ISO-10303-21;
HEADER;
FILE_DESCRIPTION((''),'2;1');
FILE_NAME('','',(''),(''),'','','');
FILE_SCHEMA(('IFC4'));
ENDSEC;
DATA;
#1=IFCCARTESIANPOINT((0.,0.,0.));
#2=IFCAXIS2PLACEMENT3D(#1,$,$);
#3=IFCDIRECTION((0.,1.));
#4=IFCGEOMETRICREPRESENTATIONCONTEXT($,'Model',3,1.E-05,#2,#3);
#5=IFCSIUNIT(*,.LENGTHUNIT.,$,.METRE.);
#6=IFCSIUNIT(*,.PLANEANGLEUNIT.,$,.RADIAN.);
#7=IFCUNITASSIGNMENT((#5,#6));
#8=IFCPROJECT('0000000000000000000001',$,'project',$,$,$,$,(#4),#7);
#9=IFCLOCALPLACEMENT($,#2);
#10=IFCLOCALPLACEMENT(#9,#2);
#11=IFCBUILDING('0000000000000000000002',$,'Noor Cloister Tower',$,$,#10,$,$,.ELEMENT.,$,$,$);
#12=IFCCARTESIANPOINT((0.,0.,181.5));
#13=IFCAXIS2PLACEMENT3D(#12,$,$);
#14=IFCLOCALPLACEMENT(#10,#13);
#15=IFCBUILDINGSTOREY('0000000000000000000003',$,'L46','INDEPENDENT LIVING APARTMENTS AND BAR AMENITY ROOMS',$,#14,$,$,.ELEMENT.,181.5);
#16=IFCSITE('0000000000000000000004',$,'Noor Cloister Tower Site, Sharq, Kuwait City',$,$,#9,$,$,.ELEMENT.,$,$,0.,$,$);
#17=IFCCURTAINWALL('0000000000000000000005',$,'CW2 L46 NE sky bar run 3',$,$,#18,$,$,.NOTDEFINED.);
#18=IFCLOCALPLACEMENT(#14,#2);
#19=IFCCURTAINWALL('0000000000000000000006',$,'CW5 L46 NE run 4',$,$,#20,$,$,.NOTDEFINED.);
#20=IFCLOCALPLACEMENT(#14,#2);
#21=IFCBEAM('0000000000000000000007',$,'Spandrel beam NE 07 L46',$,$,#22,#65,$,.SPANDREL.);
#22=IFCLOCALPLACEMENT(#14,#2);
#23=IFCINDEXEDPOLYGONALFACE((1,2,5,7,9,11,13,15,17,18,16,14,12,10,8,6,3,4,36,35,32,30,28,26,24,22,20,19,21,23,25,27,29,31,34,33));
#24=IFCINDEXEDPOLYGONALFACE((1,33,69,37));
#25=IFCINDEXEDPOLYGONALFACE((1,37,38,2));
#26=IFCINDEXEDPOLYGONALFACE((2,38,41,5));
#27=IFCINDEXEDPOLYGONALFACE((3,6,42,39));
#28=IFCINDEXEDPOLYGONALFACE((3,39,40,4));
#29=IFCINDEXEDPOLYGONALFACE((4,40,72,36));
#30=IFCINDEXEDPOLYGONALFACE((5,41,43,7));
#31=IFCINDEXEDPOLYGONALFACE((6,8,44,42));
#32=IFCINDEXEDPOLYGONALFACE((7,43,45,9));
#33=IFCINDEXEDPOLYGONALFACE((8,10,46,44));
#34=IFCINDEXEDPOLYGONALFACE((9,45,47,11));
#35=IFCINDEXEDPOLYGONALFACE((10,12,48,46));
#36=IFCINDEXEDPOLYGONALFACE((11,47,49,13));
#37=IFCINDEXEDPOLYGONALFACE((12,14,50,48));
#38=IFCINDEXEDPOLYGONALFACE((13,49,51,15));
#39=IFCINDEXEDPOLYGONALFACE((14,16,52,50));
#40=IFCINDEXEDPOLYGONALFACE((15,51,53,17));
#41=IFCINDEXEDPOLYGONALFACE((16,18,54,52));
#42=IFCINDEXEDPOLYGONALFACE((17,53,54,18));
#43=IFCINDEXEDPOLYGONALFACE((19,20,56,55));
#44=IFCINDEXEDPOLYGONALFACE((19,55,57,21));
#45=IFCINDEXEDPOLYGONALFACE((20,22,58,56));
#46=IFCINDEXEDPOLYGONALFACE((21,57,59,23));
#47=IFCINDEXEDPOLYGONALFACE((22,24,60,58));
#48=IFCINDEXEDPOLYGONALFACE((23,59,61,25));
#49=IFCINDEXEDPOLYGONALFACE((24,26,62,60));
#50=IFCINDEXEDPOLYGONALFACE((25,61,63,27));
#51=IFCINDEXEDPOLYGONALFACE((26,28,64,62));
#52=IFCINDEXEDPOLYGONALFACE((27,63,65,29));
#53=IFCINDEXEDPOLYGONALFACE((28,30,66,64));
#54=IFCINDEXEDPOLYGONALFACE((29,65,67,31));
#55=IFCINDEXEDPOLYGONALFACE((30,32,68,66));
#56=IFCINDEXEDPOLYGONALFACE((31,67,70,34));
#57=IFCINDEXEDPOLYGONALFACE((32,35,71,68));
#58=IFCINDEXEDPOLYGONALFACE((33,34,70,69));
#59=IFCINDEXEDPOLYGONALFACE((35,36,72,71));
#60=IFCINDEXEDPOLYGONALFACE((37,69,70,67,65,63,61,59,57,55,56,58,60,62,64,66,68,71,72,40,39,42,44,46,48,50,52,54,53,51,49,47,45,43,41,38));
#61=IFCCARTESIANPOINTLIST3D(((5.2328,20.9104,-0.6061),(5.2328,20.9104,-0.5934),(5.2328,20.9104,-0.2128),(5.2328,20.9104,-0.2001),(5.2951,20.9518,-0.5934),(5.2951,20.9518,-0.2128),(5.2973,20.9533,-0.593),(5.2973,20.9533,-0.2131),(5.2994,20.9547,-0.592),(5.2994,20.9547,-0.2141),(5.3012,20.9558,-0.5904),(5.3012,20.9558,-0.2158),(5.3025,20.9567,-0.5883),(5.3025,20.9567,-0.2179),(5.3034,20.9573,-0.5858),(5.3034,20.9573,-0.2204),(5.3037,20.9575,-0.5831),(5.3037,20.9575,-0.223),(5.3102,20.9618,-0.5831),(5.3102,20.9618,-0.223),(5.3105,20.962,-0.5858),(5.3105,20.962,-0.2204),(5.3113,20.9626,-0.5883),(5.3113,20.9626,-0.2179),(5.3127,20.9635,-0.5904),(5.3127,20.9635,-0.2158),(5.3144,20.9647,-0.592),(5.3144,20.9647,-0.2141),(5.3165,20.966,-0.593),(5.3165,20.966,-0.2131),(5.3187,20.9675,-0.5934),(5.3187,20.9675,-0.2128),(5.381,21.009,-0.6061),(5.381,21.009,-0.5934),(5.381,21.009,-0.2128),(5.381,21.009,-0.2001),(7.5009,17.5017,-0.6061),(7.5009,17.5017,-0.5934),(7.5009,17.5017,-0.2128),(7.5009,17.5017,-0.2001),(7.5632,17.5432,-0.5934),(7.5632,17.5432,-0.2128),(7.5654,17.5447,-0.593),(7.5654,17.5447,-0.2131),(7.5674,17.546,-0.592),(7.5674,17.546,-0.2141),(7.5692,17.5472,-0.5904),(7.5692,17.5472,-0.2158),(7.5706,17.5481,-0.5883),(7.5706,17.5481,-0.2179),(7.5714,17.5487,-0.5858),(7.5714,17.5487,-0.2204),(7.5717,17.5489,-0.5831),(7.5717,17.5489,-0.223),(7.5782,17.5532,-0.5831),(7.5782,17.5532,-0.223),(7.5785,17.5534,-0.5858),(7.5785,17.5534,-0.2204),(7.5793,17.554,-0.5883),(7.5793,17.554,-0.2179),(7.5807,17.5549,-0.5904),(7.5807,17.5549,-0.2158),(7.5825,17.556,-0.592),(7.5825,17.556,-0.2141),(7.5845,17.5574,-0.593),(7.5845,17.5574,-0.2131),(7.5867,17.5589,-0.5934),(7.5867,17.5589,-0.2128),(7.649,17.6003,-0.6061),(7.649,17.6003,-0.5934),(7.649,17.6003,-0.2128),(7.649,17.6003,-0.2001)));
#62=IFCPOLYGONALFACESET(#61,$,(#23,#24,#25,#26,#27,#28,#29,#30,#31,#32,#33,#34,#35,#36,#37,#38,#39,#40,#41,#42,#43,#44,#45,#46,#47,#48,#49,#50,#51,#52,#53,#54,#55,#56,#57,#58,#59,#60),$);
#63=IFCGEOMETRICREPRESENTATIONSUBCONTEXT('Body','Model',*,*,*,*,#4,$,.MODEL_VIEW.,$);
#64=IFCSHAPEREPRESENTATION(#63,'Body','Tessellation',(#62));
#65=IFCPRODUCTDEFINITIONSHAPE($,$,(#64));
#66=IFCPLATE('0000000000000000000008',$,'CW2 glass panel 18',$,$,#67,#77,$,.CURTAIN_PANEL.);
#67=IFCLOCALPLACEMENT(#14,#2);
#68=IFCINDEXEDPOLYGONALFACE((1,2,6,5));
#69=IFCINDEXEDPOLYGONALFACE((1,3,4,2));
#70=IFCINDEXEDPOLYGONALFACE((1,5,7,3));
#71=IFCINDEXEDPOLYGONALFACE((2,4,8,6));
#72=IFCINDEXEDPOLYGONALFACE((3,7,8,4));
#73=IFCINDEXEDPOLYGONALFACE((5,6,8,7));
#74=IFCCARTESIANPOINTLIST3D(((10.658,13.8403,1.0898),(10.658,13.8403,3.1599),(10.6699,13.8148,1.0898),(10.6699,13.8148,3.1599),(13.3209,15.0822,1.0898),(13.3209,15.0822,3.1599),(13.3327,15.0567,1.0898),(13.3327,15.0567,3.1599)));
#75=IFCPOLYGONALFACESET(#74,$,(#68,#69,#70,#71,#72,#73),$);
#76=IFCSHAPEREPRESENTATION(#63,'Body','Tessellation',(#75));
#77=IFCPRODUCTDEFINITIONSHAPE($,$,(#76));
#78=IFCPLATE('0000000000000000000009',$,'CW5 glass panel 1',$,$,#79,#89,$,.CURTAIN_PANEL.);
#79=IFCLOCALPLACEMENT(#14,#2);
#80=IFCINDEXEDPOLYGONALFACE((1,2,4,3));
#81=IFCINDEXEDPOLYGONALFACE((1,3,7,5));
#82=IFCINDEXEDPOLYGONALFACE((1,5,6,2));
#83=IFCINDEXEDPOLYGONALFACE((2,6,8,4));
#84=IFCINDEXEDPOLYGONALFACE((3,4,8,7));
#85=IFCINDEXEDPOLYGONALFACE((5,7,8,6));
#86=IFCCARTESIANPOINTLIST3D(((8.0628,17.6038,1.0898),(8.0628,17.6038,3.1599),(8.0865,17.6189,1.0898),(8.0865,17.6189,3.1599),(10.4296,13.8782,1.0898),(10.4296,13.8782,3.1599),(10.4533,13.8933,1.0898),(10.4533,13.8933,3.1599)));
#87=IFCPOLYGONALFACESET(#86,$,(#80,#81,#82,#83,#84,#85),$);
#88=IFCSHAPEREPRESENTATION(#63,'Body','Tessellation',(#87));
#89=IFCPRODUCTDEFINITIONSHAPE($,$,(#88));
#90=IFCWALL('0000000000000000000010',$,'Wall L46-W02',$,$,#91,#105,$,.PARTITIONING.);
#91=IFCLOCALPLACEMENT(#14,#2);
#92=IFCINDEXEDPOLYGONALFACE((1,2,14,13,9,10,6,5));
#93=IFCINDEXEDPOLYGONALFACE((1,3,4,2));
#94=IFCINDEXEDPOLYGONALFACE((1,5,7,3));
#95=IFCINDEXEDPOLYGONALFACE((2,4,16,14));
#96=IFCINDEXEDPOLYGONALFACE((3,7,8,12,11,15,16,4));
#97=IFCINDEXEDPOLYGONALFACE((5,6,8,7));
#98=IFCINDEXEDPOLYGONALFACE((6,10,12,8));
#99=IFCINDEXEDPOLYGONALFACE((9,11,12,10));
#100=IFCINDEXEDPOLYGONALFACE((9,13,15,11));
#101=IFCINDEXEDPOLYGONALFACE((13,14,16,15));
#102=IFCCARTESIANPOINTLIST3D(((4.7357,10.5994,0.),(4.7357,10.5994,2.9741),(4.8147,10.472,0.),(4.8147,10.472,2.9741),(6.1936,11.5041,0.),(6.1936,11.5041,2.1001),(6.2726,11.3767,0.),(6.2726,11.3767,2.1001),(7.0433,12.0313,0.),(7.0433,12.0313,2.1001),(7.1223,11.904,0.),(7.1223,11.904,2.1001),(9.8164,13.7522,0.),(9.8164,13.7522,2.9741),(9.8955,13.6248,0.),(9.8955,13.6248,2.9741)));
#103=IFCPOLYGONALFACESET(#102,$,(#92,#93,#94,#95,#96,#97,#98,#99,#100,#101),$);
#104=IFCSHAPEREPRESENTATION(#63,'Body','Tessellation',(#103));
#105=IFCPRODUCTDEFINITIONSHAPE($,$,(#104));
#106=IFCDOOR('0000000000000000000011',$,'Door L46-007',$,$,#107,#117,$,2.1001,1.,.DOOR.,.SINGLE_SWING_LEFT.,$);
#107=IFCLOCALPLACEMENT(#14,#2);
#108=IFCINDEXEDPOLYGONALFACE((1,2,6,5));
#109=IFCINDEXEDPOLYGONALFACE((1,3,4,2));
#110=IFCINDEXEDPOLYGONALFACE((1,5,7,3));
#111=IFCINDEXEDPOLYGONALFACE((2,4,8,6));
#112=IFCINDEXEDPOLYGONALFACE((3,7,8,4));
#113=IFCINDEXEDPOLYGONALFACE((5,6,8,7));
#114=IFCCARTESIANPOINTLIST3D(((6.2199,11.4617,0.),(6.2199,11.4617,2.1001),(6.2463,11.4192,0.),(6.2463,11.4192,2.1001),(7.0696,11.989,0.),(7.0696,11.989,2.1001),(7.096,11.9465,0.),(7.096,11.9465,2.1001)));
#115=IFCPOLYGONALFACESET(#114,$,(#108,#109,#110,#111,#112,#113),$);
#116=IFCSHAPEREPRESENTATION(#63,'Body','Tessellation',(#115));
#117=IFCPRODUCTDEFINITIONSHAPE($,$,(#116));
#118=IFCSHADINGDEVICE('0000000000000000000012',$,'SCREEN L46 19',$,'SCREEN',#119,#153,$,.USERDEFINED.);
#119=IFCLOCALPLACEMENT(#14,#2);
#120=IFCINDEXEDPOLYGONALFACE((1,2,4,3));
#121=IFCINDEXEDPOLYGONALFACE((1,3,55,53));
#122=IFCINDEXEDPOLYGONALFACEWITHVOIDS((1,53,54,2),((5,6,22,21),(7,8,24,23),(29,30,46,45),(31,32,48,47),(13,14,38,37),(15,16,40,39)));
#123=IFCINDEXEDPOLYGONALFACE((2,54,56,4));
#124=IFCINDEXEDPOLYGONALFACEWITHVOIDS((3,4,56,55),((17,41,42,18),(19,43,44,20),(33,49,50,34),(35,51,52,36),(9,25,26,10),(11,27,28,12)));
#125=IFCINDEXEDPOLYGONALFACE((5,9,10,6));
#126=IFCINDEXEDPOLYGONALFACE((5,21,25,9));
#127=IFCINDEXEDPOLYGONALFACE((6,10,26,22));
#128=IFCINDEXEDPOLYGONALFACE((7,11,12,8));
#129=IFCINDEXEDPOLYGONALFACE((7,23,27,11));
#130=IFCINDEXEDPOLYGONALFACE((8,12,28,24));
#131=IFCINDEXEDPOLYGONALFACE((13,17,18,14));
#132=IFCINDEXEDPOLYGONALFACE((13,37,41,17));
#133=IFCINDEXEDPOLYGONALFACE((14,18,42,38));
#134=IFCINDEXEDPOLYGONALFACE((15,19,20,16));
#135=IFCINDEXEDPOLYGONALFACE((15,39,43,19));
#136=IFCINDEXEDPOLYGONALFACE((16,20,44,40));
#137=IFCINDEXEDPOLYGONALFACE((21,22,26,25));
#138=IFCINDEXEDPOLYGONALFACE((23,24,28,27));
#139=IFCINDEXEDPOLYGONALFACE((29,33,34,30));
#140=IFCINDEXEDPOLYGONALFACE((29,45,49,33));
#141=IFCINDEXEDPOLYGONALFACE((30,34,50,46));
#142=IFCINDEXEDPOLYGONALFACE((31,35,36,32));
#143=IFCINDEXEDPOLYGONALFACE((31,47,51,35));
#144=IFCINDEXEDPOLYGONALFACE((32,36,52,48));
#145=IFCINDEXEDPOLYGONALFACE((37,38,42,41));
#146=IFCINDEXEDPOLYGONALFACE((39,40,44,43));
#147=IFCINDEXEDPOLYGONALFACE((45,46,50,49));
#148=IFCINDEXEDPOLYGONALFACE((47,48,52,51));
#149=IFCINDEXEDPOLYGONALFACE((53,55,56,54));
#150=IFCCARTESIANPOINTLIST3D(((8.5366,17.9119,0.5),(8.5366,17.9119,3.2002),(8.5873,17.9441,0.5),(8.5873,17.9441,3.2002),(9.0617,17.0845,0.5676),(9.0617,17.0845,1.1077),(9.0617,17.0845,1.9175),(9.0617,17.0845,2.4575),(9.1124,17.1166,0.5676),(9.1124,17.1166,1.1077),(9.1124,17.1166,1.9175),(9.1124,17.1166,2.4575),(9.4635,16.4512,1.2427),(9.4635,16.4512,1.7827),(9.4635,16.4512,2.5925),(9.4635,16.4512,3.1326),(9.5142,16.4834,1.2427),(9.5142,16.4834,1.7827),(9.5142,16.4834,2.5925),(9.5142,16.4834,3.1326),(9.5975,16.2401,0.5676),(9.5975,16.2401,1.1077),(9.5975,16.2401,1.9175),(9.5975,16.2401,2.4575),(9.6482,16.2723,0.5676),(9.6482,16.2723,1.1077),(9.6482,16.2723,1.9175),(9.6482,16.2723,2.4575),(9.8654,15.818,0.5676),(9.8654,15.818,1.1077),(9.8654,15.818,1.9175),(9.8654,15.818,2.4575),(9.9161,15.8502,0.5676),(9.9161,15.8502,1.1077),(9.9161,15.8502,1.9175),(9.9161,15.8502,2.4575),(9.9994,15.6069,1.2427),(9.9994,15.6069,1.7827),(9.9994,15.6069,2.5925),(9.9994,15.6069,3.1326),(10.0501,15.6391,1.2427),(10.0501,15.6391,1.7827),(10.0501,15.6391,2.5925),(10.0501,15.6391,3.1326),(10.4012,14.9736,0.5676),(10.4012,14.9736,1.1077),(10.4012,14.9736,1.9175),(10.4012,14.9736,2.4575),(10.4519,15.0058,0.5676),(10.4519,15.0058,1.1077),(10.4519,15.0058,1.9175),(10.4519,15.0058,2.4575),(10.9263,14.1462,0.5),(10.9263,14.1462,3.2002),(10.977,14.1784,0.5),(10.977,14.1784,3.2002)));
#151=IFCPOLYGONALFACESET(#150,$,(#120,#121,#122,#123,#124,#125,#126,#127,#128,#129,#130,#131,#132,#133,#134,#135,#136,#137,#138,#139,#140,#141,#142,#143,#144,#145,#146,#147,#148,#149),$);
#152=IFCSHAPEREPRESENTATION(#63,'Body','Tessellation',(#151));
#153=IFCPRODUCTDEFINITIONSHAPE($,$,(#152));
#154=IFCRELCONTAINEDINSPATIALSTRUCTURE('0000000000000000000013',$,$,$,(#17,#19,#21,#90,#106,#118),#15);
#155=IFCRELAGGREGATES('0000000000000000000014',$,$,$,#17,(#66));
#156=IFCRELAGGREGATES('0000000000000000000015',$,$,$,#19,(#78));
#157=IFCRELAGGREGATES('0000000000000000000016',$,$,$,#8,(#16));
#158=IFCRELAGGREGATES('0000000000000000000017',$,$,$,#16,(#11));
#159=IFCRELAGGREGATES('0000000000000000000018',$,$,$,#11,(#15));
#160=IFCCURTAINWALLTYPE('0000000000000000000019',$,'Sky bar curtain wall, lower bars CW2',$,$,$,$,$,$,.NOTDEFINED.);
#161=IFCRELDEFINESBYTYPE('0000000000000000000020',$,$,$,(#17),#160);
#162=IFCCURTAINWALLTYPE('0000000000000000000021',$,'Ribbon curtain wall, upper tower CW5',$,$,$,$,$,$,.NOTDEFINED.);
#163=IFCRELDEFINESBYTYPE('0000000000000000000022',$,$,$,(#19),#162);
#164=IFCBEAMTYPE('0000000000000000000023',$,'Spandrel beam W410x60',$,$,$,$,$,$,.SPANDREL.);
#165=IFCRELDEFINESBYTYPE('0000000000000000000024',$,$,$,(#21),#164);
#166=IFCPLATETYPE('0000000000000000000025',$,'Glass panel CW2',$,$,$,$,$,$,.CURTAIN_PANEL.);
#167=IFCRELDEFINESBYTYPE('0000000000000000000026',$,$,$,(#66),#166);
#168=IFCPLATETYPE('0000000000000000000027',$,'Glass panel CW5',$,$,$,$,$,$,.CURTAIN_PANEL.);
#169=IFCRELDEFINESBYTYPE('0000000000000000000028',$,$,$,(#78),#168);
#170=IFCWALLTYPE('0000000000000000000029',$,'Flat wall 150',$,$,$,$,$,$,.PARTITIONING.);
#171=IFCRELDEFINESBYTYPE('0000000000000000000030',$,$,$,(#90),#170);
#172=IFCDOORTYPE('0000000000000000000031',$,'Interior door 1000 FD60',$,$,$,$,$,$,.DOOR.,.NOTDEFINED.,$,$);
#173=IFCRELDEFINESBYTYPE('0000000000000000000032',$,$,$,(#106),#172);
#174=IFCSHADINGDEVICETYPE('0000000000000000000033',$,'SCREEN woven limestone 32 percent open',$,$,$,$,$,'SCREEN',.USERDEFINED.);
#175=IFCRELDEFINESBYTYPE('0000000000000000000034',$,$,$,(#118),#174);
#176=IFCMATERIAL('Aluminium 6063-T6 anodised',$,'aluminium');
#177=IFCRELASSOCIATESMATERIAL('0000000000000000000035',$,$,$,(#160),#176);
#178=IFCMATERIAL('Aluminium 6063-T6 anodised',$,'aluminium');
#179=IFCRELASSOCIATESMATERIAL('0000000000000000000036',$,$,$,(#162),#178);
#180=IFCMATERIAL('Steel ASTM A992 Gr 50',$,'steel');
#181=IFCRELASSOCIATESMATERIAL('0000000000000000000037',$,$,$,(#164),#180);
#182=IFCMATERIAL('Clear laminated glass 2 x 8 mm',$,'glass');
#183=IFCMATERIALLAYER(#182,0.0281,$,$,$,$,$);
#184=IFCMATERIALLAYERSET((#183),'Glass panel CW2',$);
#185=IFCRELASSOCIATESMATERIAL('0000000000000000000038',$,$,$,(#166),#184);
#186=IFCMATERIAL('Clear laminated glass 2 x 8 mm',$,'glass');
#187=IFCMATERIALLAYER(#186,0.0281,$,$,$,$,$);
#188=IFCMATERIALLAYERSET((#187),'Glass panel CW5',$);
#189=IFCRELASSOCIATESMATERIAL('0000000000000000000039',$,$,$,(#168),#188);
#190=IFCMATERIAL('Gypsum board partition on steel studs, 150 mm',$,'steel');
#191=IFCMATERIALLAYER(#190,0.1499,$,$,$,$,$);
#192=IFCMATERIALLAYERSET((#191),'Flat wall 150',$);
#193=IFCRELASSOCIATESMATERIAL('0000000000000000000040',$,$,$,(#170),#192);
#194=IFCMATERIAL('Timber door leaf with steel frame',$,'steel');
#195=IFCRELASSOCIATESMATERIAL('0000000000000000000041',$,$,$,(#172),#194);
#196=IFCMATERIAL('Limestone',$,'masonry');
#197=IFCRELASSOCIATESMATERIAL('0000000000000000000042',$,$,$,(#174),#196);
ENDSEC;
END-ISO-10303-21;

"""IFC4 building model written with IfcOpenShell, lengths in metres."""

from ifc_helpers import new_model, si_unit, direction, frame, frame_2d, origin, origin_2d, place, context, subcontext, project, spatial, polyline, rectangle, i_section, outline, extrude, material, layer, layer_set, material_profile, profile_set, type_object, element, fill, aggregate, save


model = new_model("IFC4")

# Units and contexts
model_context = context("Model", 3, precision=1e-05, world=origin(), true_north=direction((0.0, 1.0)))
body_context = subcontext(model_context, "Body", "Model", "MODEL_VIEW")
ifc_project = project(units=[si_unit("LENGTHUNIT", "METRE"), si_unit("PLANEANGLEUNIT", "RADIAN")], contexts=[model_context])

# Site, building, storey
site_placement = place(None, origin())
site = spatial("IfcSite", under=ifc_project, at=site_placement, Name="Noor Cloister Tower Site, Sharq, Kuwait City", CompositionType="ELEMENT", RefElevation=0.0)
building_placement = place(site_placement, origin())
building = spatial("IfcBuilding", under=site, at=building_placement, Name="Noor Cloister Tower", CompositionType="ELEMENT")
storey_placement = place(building_placement, frame((0.0, 0.0, 181.5)))
storey = spatial("IfcBuildingStorey", under=building, at=storey_placement, Name="L46", Description="INDEPENDENT LIVING APARTMENTS AND BAR AMENITY ROOMS", CompositionType="ELEMENT", Elevation=181.5)

# Curtain walls
ifc_material_1 = material(Name="Aluminium 6063-T6 anodised", Category="aluminium")
curtain_wall_type_1 = type_object("IfcCurtainWallType", Name="Sky bar curtain wall, lower bars CW2", PredefinedType="NOTDEFINED", material=ifc_material_1)
curtain_wall_1_placement = place(storey_placement, origin())
curtain_wall_1 = element("IfcCurtainWall", 1, at=curtain_wall_1_placement, inside=storey, type_object=curtain_wall_type_1, Name="CW2 L46 NE sky bar run 3", PredefinedType="NOTDEFINED")
ifc_material_2 = material(Name="Aluminium 6063-T6 anodised", Category="aluminium")
curtain_wall_type_2 = type_object("IfcCurtainWallType", Name="Ribbon curtain wall, upper tower CW5", PredefinedType="NOTDEFINED", material=ifc_material_2)
curtain_wall_2_placement = place(storey_placement, origin())
curtain_wall_2 = element("IfcCurtainWall", 2, at=curtain_wall_2_placement, inside=storey, type_object=curtain_wall_type_2, Name="CW5 L46 NE run 4", PredefinedType="NOTDEFINED")

# Beam
ifc_material_3 = material(Name="Steel ASTM A992 Gr 50", Category="steel")
ifc_material_profile_1 = material_profile(ifc_material_3, i_section(OverallWidth=0.178, OverallDepth=0.406, WebThickness=0.0078, FlangeThickness=0.0127, FilletRadius=0.0103, at=origin_2d()), Name="W410x60")
ifc_profile_set_1 = profile_set([ifc_material_profile_1], Name="Steel ASTM A992 Gr 50")
beam_type_1 = type_object("IfcBeamType", Name="Spandrel beam W410x60", PredefinedType="SPANDREL", material=ifc_profile_set_1)
for number, where, z_axis, x_axis, name in (
    (3, (7.575, 17.551, -0.4031), (-0.553957, 0.832545, 0.0), (-0.832545, -0.553957, 0.0), "Spandrel beam NE 07 L46"),
):
    element("IfcBeam", number, at=place(storey_placement, frame(where, z_axis=z_axis, x_axis=x_axis)), inside=storey, type_object=beam_type_1, Name=name, PredefinedType="SPANDREL", context=body_context, shape_type="SweptSolid", body=[
        extrude(i_section(OverallWidth=0.178, OverallDepth=0.406, WebThickness=0.0078, FlangeThickness=0.0127, FilletRadius=0.0103, at=origin_2d()), origin(), (0.0, 0.0, 1.0), 4.0942),
    ])

# Plates
ifc_material_4 = material(Name="Clear laminated glass 2 x 8 mm", Category="glass")
ifc_layer_1 = layer(ifc_material_4, 0.0281)
ifc_layer_set_1 = layer_set([ifc_layer_1], Name="Glass panel CW2")
plate_type_1 = type_object("IfcPlateType", Name="Glass panel CW2", PredefinedType="CURTAIN_PANEL", material=ifc_layer_set_1)
plate_1_placement = place(storey_placement, frame((11.9954, 14.4485, 1.0898), z_axis=(0.0, 0.0, 1.0), x_axis=(-0.906284, -0.42267, 0.0)))
plate_1 = element("IfcPlate", 4, at=plate_1_placement, type_object=plate_type_1, Name="CW2 glass panel 18", PredefinedType="CURTAIN_PANEL", context=body_context, shape_type="SweptSolid", body=[
    extrude(rectangle(XDim=2.9382, YDim=0.0281, at=origin_2d()), origin(), (0.0, 0.0, 1.0), 2.0701),
])
aggregate(curtain_wall_1, [plate_1])
ifc_material_5 = material(Name="Clear laminated glass 2 x 8 mm", Category="glass")
ifc_layer_2 = layer(ifc_material_5, 0.0281)
ifc_layer_set_2 = layer_set([ifc_layer_2], Name="Glass panel CW5")
plate_type_2 = type_object("IfcPlateType", Name="Glass panel CW5", PredefinedType="CURTAIN_PANEL", material=ifc_layer_set_2)
plate_2_placement = place(storey_placement, frame((9.2581, 15.7485, 1.0898), z_axis=(0.0, 0.0, 1.0), x_axis=(-0.536228, 0.844073, 0.0)))
plate_2 = element("IfcPlate", 5, at=plate_2_placement, type_object=plate_type_2, Name="CW5 glass panel 1", PredefinedType="CURTAIN_PANEL", context=body_context, shape_type="SweptSolid", body=[
    extrude(rectangle(XDim=4.4138, YDim=0.0281, at=origin_2d()), origin(), (0.0, 0.0, 1.0), 2.0701),
])
aggregate(curtain_wall_2, [plate_2])

# Wall, opening, door
ifc_material_6 = material(Name="Gypsum board partition on steel studs, 150 mm", Category="steel")
ifc_layer_3 = layer(ifc_material_6, 0.1499)
ifc_layer_set_3 = layer_set([ifc_layer_3], Name="Flat wall 150")
wall_type = type_object("IfcWallType", Name="Flat wall 150", PredefinedType="PARTITIONING", material=ifc_layer_set_3)
wall_placement = place(storey_placement, frame((9.856, 13.6885, 0.0), z_axis=(0.0, 0.0, 1.0), x_axis=(-0.849698, -0.527269, 0.0)))
wall = element("IfcWall", 6, at=wall_placement, inside=storey, type_object=wall_type, Name="Wall L46-W02", PredefinedType="PARTITIONING", context=body_context, shape_type="SweptSolid", body=[
    extrude(rectangle(XDim=5.9795, YDim=0.1499, at=frame_2d((2.9897, 0.0))), origin(), (0.0, 0.0, 1.0), 2.9741),
])
opening_placement = place(wall_placement, frame((3.2637, 0.0, 0.0)))
opening = element("IfcOpeningElement", 7, at=opening_placement, cuts=wall, PredefinedType="OPENING", context=body_context, shape_type="SweptSolid", body=[
    extrude(rectangle(XDim=1.0, YDim=2.1001, at=frame_2d((0.5, 1.05))), frame((0.0, 0.085, 0.0), z_axis=(0.0, -1.0, 0.0), x_axis=(1.0, 0.0, 0.0)), (0.0, 0.0, 1.0), 0.1699),
])
ifc_material_7 = material(Name="Timber door leaf with steel frame", Category="steel")
door_type = type_object("IfcDoorType", Name="Interior door 1000 FD60", OperationType="NOTDEFINED", PredefinedType="DOOR", material=ifc_material_7)
door_placement = place(opening_placement, origin())
door = element("IfcDoor", 8, at=door_placement, inside=storey, type_object=door_type, Name="Door L46-007", OperationType="SINGLE_SWING_LEFT", OverallHeight=2.1001, OverallWidth=1.0, PredefinedType="DOOR", context=body_context, shape_type="SweptSolid", body=[
    extrude(rectangle(XDim=1.0, YDim=2.1001, at=frame_2d((0.5, 1.05))), frame((0.0, 0.0249, 0.0), z_axis=(0.0, -1.0, 0.0), x_axis=(1.0, 0.0, 0.0)), (0.0, 0.0, 1.0), 0.05),
])
fill(opening, door)

# Shading device
ifc_material_8 = material(Name="Limestone", Category="masonry")
ifc_material_profile_2 = material_profile(ifc_material_8, outline(polyline([(-2.23, -1.3501), (2.23, -1.3501), (2.23, 1.3501), (-2.23, 1.3501), (-2.23, -1.3501)]), holes=[polyline([(-1.25, -1.2825), (-0.25, -1.2825), (-0.25, -0.7424), (-1.25, -0.7424), (-1.25, -1.2825)]), polyline([(0.25, -1.2825), (1.25, -1.2825), (1.25, -0.7424), (0.25, -0.7424), (0.25, -1.2825)]), polyline([(-0.5, -0.6074), (0.5, -0.6074), (0.5, -0.0674), (-0.5, -0.0674), (-0.5, -0.6074)]), polyline([(-1.25, 0.0674), (-0.25, 0.0674), (-0.25, 0.6074), (-1.25, 0.6074), (-1.25, 0.0674)]), polyline([(0.25, 0.0674), (1.25, 0.0674), (1.25, 0.6074), (0.25, 0.6074), (0.25, 0.0674)]), polyline([(-0.5, 0.7424), (0.5, 0.7424), (0.5, 1.2825), (-0.5, 1.2825), (-0.5, 0.7424)])]), Name="Woven screen 32 percent open")
ifc_profile_set_2 = profile_set([ifc_material_profile_2], Name="Limestone")
shading_device_type_1 = type_object("IfcShadingDeviceType", Name="SCREEN woven limestone 32 percent open", ElementType="SCREEN", PredefinedType="USERDEFINED", material=ifc_profile_set_2)
shading_device_1_placement = place(storey_placement, frame((9.7314, 16.0291, 1.8501), z_axis=(0.844329, 0.535824, 0.0), x_axis=(-0.535824, 0.844329, 0.0)))
element("IfcShadingDevice", 9, at=shading_device_1_placement, inside=storey, type_object=shading_device_type_1, Name="SCREEN L46 19", ObjectType="SCREEN", PredefinedType="USERDEFINED", context=body_context, shape_type="SweptSolid", body=[
    extrude(outline(polyline([(-2.23, -1.3501), (2.23, -1.3501), (2.23, 1.3501), (-2.23, 1.3501), (-2.23, -1.3501)]), holes=[polyline([(-1.25, -1.2825), (-0.25, -1.2825), (-0.25, -0.7424), (-1.25, -0.7424), (-1.25, -1.2825)]), polyline([(0.25, -1.2825), (1.25, -1.2825), (1.25, -0.7424), (0.25, -0.7424), (0.25, -1.2825)]), polyline([(-0.5, -0.6074), (0.5, -0.6074), (0.5, -0.0674), (-0.5, -0.0674), (-0.5, -0.6074)]), polyline([(-1.25, 0.0674), (-0.25, 0.0674), (-0.25, 0.6074), (-1.25, 0.6074), (-1.25, 0.0674)]), polyline([(0.25, 0.0674), (1.25, 0.0674), (1.25, 0.6074), (0.25, 0.6074), (0.25, 0.0674)]), polyline([(-0.5, 0.7424), (0.5, 0.7424), (0.5, 1.2825), (-0.5, 1.2825), (-0.5, 0.7424)])]), origin(), (0.0, 0.0, 1.0), 0.0601),
])

save(model, "model.ifc")
